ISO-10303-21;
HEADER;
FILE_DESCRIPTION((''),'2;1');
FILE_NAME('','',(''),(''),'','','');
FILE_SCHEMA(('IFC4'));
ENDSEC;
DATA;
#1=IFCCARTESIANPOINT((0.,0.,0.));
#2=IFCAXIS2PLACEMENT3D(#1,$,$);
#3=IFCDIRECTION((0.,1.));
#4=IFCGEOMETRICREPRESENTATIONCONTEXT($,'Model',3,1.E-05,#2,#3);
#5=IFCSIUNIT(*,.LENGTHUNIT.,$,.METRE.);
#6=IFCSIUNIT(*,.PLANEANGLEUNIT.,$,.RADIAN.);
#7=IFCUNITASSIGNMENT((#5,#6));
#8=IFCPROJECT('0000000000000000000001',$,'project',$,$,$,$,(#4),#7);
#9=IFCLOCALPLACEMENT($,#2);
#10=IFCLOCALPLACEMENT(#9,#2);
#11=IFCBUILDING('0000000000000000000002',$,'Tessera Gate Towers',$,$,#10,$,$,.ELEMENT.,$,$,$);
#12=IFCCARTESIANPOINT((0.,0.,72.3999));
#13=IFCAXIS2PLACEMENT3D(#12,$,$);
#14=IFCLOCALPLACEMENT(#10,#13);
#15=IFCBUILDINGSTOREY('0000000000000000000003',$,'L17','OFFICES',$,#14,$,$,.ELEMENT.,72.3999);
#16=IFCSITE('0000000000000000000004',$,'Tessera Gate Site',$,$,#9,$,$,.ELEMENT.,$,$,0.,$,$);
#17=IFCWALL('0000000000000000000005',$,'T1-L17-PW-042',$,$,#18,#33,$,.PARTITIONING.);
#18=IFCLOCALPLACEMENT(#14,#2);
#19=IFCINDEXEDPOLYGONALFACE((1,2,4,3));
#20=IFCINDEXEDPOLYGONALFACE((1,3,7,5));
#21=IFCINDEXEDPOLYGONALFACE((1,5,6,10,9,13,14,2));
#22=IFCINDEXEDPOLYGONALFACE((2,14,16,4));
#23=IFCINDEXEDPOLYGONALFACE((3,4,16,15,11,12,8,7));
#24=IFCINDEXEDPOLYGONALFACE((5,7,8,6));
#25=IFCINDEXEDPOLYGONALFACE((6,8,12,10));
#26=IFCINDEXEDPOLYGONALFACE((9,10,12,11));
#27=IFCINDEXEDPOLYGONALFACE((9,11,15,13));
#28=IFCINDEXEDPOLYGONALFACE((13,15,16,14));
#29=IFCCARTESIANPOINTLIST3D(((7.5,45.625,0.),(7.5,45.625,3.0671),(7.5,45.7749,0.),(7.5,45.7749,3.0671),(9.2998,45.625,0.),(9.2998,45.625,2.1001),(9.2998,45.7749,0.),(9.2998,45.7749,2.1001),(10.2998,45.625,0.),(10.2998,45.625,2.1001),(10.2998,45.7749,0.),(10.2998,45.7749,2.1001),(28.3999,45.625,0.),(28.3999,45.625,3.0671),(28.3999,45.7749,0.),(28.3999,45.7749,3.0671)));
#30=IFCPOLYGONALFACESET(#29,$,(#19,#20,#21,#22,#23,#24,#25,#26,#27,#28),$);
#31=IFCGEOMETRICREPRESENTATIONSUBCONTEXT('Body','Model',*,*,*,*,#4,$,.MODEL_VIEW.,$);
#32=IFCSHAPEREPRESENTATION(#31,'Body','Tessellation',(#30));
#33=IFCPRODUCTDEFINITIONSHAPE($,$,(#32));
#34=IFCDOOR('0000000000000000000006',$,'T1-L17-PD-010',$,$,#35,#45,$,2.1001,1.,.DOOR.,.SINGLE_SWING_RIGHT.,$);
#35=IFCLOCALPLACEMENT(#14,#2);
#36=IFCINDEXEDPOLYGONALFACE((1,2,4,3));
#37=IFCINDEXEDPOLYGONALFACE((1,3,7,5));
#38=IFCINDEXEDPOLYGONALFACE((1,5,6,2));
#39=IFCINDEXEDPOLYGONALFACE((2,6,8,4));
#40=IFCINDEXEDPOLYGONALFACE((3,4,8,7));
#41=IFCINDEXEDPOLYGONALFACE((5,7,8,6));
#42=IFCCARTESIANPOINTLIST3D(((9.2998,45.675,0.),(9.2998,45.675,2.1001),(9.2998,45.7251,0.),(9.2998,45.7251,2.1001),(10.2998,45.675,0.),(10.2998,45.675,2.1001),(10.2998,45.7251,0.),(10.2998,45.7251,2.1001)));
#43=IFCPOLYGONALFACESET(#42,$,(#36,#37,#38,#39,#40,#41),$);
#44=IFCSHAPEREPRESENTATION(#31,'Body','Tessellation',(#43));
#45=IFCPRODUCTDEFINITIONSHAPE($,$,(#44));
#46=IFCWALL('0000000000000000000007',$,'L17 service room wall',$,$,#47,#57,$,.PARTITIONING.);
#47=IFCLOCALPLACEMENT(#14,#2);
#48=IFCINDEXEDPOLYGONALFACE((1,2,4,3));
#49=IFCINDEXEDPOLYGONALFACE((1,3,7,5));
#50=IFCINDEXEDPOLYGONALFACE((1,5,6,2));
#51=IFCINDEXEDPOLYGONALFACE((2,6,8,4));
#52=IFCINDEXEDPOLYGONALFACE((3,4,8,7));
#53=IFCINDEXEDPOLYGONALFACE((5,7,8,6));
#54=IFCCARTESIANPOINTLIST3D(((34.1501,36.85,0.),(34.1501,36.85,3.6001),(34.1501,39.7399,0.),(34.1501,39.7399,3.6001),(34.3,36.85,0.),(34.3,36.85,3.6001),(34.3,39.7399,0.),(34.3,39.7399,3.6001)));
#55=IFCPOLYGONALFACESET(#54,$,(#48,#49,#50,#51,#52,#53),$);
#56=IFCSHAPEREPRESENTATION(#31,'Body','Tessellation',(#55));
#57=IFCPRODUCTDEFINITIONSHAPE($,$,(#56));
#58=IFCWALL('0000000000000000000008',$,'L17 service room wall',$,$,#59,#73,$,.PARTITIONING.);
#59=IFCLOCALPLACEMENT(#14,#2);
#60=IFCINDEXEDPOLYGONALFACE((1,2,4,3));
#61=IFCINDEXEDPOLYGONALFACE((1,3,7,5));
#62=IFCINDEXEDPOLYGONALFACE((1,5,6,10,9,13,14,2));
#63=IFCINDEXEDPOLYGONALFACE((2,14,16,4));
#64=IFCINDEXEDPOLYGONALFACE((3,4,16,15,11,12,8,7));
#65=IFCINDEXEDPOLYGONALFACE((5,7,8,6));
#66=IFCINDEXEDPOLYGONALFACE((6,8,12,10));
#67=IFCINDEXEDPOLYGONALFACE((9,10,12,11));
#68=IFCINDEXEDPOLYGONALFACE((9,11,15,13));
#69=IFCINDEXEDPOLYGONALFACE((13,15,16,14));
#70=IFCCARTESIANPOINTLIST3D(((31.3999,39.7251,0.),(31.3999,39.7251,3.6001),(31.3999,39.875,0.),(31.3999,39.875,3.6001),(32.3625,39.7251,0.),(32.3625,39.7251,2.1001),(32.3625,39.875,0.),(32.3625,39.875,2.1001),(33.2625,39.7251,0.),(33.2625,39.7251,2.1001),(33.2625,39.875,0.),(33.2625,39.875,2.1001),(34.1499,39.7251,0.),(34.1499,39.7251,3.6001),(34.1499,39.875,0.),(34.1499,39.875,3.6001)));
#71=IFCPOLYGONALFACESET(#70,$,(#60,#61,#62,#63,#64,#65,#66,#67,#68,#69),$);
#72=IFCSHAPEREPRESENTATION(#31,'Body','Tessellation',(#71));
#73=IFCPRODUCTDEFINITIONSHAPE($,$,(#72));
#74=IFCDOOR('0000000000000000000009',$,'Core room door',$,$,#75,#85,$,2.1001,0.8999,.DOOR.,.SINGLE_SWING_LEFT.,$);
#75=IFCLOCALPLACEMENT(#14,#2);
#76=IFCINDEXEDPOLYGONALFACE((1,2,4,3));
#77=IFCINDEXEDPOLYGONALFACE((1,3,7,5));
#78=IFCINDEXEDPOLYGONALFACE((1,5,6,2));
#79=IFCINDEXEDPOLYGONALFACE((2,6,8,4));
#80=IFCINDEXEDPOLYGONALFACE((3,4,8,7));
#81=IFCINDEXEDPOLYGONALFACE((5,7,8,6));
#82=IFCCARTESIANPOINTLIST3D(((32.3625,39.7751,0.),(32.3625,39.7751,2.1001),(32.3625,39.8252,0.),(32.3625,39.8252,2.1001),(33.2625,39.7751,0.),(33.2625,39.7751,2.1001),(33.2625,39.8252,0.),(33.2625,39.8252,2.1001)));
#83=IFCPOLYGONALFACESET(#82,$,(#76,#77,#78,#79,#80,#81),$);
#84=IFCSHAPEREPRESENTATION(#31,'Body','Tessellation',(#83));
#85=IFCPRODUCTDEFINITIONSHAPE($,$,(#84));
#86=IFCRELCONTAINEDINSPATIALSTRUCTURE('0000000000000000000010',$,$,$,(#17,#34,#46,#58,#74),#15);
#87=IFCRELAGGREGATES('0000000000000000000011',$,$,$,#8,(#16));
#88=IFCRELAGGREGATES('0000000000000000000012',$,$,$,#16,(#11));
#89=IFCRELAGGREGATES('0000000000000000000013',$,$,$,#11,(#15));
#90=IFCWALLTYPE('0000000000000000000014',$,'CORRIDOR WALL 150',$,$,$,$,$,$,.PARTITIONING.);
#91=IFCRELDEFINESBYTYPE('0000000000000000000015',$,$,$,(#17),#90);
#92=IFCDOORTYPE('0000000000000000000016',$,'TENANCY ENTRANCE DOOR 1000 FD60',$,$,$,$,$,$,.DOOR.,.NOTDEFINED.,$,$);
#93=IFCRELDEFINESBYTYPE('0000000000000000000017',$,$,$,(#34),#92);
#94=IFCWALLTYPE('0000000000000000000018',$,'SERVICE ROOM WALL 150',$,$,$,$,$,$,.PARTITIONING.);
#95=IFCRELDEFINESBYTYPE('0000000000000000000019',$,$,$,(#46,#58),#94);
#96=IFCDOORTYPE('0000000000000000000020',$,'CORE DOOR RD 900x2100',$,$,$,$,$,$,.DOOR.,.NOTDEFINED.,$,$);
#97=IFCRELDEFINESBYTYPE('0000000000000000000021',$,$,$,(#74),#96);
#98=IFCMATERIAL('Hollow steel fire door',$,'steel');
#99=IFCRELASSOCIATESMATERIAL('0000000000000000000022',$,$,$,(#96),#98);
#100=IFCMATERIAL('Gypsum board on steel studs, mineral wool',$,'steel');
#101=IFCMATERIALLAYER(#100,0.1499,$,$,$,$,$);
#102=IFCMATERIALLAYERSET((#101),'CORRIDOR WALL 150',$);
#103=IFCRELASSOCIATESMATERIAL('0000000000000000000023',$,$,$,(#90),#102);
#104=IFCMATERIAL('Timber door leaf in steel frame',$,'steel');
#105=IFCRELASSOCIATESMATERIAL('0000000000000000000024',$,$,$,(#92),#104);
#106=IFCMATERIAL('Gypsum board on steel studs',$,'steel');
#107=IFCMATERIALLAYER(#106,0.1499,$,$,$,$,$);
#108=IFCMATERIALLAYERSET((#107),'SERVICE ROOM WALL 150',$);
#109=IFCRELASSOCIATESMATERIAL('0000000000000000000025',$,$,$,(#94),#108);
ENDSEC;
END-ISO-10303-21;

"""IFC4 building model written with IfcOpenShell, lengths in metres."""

from ifc_helpers import new_model, si_unit, direction, frame, frame_2d, origin, place, context, subcontext, project, spatial, rectangle, extrude, source, transform, mapped, material, layer, layer_set, type_object, element, fill, save


model = new_model("IFC4")

# Units and contexts
model_context = context("Model", 3, precision=1e-05, world=origin(), true_north=direction((0.0, 1.0)))
body_context = subcontext(model_context, "Body", "Model", "MODEL_VIEW")
ifc_project = project(units=[si_unit("LENGTHUNIT", "METRE"), si_unit("PLANEANGLEUNIT", "RADIAN")], contexts=[model_context])

# Site, building, storey
site_placement = place(None, origin())
site = spatial("IfcSite", under=ifc_project, at=site_placement, Name="Tessera Gate Site", CompositionType="ELEMENT", RefElevation=0.0)
building_placement = place(site_placement, origin())
building = spatial("IfcBuilding", under=site, at=building_placement, Name="Tessera Gate Towers", CompositionType="ELEMENT")
storey_placement = place(building_placement, frame((0.0, 0.0, 72.3999)))
storey = spatial("IfcBuildingStorey", under=building, at=storey_placement, Name="L17", Description="OFFICES", CompositionType="ELEMENT", Elevation=72.3999)

# Shared definitions
ifc_material_1 = material(Name="Hollow steel fire door", Category="steel")
door_type_1 = type_object("IfcDoorType", Name="CORE DOOR RD 900x2100", OperationType="NOTDEFINED", PredefinedType="DOOR", material=ifc_material_1)
shared_shape_1 = source(origin(), body_context, "Body", "SweptSolid", [
    extrude(rectangle(XDim=0.8999, YDim=2.1001, at=frame_2d((0.45, 1.05))), frame((0.0, 0.0249, 0.0), z_axis=(0.0, -1.0, 0.0), x_axis=(1.0, 0.0, 0.0)), (0.0, 0.0, 1.0), 0.05),
])

# Wall, opening, door
ifc_material_2 = material(Name="Gypsum board on steel studs, mineral wool", Category="steel")
ifc_layer_1 = layer(ifc_material_2, 0.1499)
ifc_layer_set_1 = layer_set([ifc_layer_1], Name="CORRIDOR WALL 150")
wall_type_1 = type_object("IfcWallType", Name="CORRIDOR WALL 150", PredefinedType="PARTITIONING", material=ifc_layer_set_1)
wall_1_placement = place(storey_placement, frame((28.3999, 45.7, 0.0), z_axis=(0.0, 0.0, 1.0), x_axis=(-1.0, 0.0, 0.0)))
wall_1 = element("IfcWall", 1, at=wall_1_placement, inside=storey, type_object=wall_type_1, Name="T1-L17-PW-042", PredefinedType="PARTITIONING", context=body_context, shape_type="SweptSolid", body=[
    extrude(rectangle(XDim=20.8999, YDim=0.1499, at=frame_2d((10.45, 0.0))), origin(), (0.0, 0.0, 1.0), 3.0671),
])
shared_shape_2 = source(origin(), body_context, "Body", "SweptSolid", [
    extrude(rectangle(XDim=1.0, YDim=2.1001, at=frame_2d((0.5, 1.05))), frame((0.0, 0.085, 0.0), z_axis=(0.0, -1.0, 0.0), x_axis=(1.0, 0.0, 0.0)), (0.0, 0.0, 1.0), 0.1699),
])
opening_1_placement = place(wall_1_placement, frame((18.1001, 0.0, 0.0)))
opening_1 = element("IfcOpeningElement", 2, at=opening_1_placement, cuts=wall_1, PredefinedType="OPENING", context=body_context, shape_type="MappedRepresentation", body=[
    mapped(shared_shape_2, transform((0.0, 0.0, 0.0), scale=1.0)),
])
ifc_material_3 = material(Name="Timber door leaf in steel frame", Category="steel")
door_type_2 = type_object("IfcDoorType", Name="TENANCY ENTRANCE DOOR 1000 FD60", OperationType="NOTDEFINED", PredefinedType="DOOR", material=ifc_material_3)
shared_shape_3 = source(origin(), body_context, "Body", "SweptSolid", [
    extrude(rectangle(XDim=1.0, YDim=2.1001, at=frame_2d((0.5, 1.05))), frame((0.0, 0.0249, 0.0), z_axis=(0.0, -1.0, 0.0), x_axis=(1.0, 0.0, 0.0)), (0.0, 0.0, 1.0), 0.05),
])
door_1_placement = place(opening_1_placement, origin())
door_1 = element("IfcDoor", 3, at=door_1_placement, inside=storey, type_object=door_type_2, Name="T1-L17-PD-010", OperationType="SINGLE_SWING_RIGHT", OverallHeight=2.1001, OverallWidth=1.0, PredefinedType="DOOR", context=body_context, shape_type="MappedRepresentation", body=[
    mapped(shared_shape_3, transform((0.0, 0.0, 0.0), scale=1.0)),
])
fill(opening_1, door_1)

# Wall
ifc_material_4 = material(Name="Gypsum board on steel studs", Category="steel")
ifc_layer_2 = layer(ifc_material_4, 0.1499)
ifc_layer_set_2 = layer_set([ifc_layer_2], Name="SERVICE ROOM WALL 150")
wall_type_2 = type_object("IfcWallType", Name="SERVICE ROOM WALL 150", PredefinedType="PARTITIONING", material=ifc_layer_set_2)
wall_2_placement = place(storey_placement, frame((34.2251, 36.8501, 0.0), z_axis=(0.0, 0.0, 1.0), x_axis=(0.0, 1.0, 0.0)))
element("IfcWall", 4, at=wall_2_placement, inside=storey, type_object=wall_type_2, Name="L17 service room wall", PredefinedType="PARTITIONING", context=body_context, shape_type="SweptSolid", body=[
    extrude(rectangle(XDim=2.8899, YDim=0.1499, at=frame_2d((1.4448, 0.0))), origin(), (0.0, 0.0, 1.0), 3.6001),
])

# Wall, opening, door
wall_3_placement = place(storey_placement, frame((34.1499, 39.8, 0.0), z_axis=(0.0, 0.0, 1.0), x_axis=(-1.0, 0.0, 0.0)))
wall_3 = element("IfcWall", 5, at=wall_3_placement, inside=storey, type_object=wall_type_2, Name="L17 service room wall", PredefinedType="PARTITIONING", context=body_context, shape_type="SweptSolid", body=[
    extrude(rectangle(XDim=2.75, YDim=0.1499, at=frame_2d((1.375, 0.0))), origin(), (0.0, 0.0, 1.0), 3.6001),
])
shared_shape_4 = source(origin(), body_context, "Body", "SweptSolid", [
    extrude(rectangle(XDim=0.8999, YDim=2.1001, at=frame_2d((0.45, 1.05))), frame((0.0, 0.085, 0.0), z_axis=(0.0, -1.0, 0.0), x_axis=(1.0, 0.0, 0.0)), (0.0, 0.0, 1.0), 0.1699),
])
opening_2_placement = place(wall_3_placement, frame((0.8875, 0.0, 0.0)))
opening_2 = element("IfcOpeningElement", 6, at=opening_2_placement, cuts=wall_3, PredefinedType="OPENING", context=body_context, shape_type="MappedRepresentation", body=[
    mapped(shared_shape_4, transform((0.0, 0.0, 0.0), scale=1.0)),
])
door_2_placement = place(opening_2_placement, origin())
door_2 = element("IfcDoor", 7, at=door_2_placement, inside=storey, type_object=door_type_1, Name="Core room door", OperationType="SINGLE_SWING_LEFT", OverallHeight=2.1001, OverallWidth=0.8999, PredefinedType="DOOR", context=body_context, shape_type="MappedRepresentation", body=[
    mapped(shared_shape_1, transform((0.0, 0.0, 0.0), scale=1.0)),
])
fill(opening_2, door_2)

save(model, "model.ifc")
